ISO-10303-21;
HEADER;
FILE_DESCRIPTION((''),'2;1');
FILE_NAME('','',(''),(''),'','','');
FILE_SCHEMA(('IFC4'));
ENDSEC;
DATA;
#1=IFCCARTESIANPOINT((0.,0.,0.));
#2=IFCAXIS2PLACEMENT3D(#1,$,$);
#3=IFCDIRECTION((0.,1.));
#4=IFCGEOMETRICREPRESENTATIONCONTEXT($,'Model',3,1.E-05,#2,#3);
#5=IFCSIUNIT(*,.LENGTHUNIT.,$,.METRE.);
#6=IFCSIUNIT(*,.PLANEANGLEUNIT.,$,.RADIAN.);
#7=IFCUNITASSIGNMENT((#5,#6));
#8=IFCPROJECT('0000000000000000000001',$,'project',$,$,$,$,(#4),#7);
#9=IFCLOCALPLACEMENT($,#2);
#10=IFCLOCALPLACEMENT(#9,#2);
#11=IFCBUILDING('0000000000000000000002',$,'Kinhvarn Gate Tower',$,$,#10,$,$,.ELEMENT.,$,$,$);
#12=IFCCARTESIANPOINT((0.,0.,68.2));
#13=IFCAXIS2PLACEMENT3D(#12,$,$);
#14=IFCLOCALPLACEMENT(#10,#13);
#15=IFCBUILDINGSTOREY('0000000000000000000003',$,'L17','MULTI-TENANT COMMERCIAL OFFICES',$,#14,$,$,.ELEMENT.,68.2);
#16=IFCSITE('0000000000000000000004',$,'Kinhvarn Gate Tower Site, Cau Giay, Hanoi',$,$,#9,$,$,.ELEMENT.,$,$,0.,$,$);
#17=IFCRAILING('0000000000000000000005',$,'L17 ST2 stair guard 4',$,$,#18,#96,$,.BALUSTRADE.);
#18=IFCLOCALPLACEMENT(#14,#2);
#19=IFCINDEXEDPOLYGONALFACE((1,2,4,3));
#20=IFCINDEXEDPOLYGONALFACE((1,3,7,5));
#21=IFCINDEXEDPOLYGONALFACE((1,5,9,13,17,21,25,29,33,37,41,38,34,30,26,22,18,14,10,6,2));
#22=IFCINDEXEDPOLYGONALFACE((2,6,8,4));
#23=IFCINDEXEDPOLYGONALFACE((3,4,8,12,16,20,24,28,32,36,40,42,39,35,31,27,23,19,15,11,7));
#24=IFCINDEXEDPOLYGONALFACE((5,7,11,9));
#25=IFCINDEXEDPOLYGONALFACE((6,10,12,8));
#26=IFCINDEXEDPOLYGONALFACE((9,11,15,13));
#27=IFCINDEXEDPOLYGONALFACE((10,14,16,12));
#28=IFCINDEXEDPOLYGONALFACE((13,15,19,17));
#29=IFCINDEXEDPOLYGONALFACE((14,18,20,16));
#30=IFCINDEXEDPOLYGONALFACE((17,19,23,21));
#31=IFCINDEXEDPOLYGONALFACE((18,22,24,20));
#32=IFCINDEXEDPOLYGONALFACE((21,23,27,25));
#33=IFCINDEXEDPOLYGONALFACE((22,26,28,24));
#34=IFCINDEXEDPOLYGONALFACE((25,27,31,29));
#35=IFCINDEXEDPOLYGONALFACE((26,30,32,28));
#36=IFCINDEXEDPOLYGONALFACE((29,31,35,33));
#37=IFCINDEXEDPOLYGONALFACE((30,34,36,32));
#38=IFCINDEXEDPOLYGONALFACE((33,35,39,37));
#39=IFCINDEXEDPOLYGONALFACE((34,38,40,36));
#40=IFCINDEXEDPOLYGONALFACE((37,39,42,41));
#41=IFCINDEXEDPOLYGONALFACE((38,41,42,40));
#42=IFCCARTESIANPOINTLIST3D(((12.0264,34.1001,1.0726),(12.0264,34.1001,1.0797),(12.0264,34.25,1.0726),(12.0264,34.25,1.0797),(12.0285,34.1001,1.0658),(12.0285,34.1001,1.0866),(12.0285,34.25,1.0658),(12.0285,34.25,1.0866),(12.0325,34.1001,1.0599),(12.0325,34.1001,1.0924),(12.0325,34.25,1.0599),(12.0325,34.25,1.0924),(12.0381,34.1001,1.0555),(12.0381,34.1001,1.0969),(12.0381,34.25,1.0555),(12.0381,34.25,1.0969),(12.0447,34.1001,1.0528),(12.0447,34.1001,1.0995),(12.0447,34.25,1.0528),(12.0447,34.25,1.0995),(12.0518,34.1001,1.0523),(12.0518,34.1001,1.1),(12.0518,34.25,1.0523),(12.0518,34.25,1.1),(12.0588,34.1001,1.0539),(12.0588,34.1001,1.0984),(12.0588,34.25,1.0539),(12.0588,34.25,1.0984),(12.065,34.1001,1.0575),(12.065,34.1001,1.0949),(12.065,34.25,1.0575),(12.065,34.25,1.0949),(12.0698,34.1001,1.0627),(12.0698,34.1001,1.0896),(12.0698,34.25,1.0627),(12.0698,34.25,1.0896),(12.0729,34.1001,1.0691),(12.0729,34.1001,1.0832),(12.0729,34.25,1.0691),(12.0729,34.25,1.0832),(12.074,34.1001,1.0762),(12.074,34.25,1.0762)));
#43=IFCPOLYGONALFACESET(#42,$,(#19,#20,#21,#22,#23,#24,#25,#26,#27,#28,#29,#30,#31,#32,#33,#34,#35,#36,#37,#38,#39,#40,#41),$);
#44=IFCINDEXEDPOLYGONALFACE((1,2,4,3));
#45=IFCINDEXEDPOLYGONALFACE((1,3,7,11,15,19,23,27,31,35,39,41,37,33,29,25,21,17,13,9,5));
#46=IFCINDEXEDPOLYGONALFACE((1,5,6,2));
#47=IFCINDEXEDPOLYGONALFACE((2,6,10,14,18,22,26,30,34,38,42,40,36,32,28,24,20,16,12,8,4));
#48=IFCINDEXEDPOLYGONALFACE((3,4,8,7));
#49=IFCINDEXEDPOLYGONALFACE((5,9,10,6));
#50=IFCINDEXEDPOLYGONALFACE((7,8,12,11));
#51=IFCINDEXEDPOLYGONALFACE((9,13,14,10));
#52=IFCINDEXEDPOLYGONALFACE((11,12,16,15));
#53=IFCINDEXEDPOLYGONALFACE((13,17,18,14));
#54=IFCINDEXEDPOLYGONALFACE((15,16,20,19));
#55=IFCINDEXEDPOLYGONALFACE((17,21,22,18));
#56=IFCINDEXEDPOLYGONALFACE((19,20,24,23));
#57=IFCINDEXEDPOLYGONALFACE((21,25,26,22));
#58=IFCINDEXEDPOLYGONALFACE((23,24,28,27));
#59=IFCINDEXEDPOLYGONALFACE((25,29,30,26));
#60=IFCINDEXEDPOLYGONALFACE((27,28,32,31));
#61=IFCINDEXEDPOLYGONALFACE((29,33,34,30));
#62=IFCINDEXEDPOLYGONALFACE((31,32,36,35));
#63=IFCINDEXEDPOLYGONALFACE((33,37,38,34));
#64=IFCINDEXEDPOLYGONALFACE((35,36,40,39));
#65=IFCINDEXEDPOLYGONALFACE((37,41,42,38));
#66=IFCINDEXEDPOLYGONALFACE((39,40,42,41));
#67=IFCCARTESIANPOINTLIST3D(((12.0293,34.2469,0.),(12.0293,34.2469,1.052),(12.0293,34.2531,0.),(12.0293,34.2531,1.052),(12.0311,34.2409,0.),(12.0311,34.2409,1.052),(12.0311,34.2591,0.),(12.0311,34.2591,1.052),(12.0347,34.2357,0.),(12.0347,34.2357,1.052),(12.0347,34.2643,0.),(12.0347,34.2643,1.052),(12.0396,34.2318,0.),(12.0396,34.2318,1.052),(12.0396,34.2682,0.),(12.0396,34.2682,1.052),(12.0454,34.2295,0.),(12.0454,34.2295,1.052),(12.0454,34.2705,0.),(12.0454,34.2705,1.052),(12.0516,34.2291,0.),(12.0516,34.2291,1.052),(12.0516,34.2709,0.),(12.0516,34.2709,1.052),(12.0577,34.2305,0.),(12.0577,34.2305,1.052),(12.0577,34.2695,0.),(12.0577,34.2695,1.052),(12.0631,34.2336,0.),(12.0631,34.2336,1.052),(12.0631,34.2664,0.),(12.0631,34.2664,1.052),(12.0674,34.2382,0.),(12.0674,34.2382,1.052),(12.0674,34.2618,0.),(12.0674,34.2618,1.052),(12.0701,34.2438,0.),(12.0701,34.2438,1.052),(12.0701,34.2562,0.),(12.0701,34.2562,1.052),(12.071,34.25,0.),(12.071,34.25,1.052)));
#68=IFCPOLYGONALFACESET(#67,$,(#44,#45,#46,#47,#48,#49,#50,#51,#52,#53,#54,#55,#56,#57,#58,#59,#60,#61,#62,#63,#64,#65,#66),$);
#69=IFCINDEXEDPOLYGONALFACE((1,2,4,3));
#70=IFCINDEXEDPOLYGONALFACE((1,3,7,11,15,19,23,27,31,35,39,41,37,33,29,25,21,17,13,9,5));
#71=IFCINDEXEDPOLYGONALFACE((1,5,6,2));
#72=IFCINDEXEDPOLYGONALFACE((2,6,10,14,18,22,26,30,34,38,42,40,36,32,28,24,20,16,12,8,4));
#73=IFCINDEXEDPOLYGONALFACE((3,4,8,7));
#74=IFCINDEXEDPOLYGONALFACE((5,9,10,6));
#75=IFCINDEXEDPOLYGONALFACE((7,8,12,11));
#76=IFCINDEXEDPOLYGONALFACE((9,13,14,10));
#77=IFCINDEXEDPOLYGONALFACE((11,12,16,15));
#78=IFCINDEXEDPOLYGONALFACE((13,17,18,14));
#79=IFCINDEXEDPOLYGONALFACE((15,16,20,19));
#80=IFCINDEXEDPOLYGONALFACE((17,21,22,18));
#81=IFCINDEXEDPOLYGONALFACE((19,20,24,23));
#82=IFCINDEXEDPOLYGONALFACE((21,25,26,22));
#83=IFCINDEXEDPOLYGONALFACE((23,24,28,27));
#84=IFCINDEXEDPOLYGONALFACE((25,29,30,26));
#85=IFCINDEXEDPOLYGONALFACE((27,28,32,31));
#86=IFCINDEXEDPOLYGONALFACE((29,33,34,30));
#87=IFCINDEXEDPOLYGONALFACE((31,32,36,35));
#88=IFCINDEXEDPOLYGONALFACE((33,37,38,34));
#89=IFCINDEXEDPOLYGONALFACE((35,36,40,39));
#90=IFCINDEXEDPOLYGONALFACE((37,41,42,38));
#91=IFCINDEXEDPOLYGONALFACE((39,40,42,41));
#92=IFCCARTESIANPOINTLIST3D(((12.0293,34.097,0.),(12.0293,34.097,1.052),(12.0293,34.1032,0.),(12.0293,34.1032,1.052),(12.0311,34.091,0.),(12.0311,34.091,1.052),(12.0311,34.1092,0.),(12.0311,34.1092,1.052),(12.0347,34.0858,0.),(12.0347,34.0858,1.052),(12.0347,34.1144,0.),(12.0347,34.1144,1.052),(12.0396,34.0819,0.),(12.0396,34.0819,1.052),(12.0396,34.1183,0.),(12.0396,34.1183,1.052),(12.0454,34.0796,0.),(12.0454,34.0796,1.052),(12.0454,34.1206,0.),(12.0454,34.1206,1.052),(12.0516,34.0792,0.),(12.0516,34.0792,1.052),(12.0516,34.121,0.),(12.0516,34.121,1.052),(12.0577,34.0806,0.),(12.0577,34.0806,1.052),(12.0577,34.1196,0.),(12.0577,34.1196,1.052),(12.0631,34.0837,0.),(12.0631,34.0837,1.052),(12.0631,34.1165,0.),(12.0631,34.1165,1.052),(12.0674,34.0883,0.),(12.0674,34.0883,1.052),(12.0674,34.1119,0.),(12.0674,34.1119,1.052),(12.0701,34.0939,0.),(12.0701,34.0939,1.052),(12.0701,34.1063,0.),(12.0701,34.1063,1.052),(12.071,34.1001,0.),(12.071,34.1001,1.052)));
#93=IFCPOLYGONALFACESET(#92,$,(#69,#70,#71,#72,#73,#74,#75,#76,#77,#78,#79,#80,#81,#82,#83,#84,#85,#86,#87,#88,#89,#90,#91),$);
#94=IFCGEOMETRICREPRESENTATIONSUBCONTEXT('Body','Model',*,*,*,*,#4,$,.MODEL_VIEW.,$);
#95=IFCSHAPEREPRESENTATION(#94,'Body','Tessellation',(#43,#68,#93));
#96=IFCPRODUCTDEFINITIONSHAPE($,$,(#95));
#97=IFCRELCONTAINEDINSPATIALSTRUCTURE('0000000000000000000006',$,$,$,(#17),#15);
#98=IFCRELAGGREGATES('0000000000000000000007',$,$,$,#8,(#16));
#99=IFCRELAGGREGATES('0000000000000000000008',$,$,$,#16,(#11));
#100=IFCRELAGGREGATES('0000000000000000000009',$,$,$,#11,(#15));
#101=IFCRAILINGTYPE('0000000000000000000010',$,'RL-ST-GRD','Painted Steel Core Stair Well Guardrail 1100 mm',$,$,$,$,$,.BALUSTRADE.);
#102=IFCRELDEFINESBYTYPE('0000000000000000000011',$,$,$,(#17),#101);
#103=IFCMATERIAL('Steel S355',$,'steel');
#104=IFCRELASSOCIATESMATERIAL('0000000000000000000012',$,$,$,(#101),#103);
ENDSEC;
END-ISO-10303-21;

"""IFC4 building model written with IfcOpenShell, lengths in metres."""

from ifc_helpers import new_model, si_unit, direction, frame, origin, origin_2d, place, context, subcontext, project, spatial, circle, extrude, material, type_object, element, save


model = new_model("IFC4")

# Units and contexts
model_context = context("Model", 3, precision=1e-05, world=origin(), true_north=direction((0.0, 1.0)))
body_context = subcontext(model_context, "Body", "Model", "MODEL_VIEW")
ifc_project = project(units=[si_unit("LENGTHUNIT", "METRE"), si_unit("PLANEANGLEUNIT", "RADIAN")], contexts=[model_context])

# Site, building, storey
site_placement = place(None, origin())
site = spatial("IfcSite", under=ifc_project, at=site_placement, Name="Kinhvarn Gate Tower Site, Cau Giay, Hanoi", CompositionType="ELEMENT", RefElevation=0.0)
building_placement = place(site_placement, origin())
building = spatial("IfcBuilding", under=site, at=building_placement, Name="Kinhvarn Gate Tower", CompositionType="ELEMENT")
storey_placement = place(building_placement, frame((0.0, 0.0, 68.2)))
storey = spatial("IfcBuildingStorey", under=building, at=storey_placement, Name="L17", Description="MULTI-TENANT COMMERCIAL OFFICES", CompositionType="ELEMENT", Elevation=68.2)

# Shared definitions
ifc_material_1 = material(Name="Steel S355", Category="steel")

# Railing
railing_type_1 = type_object("IfcRailingType", Name="RL-ST-GRD", Description="Painted Steel Core Stair Well Guardrail 1100 mm", PredefinedType="BALUSTRADE", material=ifc_material_1)
railing_1_placement = place(storey_placement, frame((12.05, 34.25, 0.0)))
element("IfcRailing", 1, at=railing_1_placement, inside=storey, type_object=railing_type_1, Name="L17 ST2 stair guard 4", PredefinedType="BALUSTRADE", context=body_context, shape_type="SweptSolid", body=[
    extrude(circle(Radius=0.0239, at=origin_2d()), frame((0.0, 0.0, 1.0762), z_axis=(0.0, -1.0, 0.0), x_axis=(1.0, 0.0, 0.0)), (0.0, 0.0, 1.0), 0.1499),
    extrude(circle(Radius=0.021, at=origin_2d()), origin(), (0.0, 0.0, 1.0), 1.052),
    extrude(circle(Radius=0.021, at=origin_2d()), frame((0.0, -0.1499, 0.0)), (0.0, 0.0, 1.0), 1.052),
])

save(model, "model.ifc")
